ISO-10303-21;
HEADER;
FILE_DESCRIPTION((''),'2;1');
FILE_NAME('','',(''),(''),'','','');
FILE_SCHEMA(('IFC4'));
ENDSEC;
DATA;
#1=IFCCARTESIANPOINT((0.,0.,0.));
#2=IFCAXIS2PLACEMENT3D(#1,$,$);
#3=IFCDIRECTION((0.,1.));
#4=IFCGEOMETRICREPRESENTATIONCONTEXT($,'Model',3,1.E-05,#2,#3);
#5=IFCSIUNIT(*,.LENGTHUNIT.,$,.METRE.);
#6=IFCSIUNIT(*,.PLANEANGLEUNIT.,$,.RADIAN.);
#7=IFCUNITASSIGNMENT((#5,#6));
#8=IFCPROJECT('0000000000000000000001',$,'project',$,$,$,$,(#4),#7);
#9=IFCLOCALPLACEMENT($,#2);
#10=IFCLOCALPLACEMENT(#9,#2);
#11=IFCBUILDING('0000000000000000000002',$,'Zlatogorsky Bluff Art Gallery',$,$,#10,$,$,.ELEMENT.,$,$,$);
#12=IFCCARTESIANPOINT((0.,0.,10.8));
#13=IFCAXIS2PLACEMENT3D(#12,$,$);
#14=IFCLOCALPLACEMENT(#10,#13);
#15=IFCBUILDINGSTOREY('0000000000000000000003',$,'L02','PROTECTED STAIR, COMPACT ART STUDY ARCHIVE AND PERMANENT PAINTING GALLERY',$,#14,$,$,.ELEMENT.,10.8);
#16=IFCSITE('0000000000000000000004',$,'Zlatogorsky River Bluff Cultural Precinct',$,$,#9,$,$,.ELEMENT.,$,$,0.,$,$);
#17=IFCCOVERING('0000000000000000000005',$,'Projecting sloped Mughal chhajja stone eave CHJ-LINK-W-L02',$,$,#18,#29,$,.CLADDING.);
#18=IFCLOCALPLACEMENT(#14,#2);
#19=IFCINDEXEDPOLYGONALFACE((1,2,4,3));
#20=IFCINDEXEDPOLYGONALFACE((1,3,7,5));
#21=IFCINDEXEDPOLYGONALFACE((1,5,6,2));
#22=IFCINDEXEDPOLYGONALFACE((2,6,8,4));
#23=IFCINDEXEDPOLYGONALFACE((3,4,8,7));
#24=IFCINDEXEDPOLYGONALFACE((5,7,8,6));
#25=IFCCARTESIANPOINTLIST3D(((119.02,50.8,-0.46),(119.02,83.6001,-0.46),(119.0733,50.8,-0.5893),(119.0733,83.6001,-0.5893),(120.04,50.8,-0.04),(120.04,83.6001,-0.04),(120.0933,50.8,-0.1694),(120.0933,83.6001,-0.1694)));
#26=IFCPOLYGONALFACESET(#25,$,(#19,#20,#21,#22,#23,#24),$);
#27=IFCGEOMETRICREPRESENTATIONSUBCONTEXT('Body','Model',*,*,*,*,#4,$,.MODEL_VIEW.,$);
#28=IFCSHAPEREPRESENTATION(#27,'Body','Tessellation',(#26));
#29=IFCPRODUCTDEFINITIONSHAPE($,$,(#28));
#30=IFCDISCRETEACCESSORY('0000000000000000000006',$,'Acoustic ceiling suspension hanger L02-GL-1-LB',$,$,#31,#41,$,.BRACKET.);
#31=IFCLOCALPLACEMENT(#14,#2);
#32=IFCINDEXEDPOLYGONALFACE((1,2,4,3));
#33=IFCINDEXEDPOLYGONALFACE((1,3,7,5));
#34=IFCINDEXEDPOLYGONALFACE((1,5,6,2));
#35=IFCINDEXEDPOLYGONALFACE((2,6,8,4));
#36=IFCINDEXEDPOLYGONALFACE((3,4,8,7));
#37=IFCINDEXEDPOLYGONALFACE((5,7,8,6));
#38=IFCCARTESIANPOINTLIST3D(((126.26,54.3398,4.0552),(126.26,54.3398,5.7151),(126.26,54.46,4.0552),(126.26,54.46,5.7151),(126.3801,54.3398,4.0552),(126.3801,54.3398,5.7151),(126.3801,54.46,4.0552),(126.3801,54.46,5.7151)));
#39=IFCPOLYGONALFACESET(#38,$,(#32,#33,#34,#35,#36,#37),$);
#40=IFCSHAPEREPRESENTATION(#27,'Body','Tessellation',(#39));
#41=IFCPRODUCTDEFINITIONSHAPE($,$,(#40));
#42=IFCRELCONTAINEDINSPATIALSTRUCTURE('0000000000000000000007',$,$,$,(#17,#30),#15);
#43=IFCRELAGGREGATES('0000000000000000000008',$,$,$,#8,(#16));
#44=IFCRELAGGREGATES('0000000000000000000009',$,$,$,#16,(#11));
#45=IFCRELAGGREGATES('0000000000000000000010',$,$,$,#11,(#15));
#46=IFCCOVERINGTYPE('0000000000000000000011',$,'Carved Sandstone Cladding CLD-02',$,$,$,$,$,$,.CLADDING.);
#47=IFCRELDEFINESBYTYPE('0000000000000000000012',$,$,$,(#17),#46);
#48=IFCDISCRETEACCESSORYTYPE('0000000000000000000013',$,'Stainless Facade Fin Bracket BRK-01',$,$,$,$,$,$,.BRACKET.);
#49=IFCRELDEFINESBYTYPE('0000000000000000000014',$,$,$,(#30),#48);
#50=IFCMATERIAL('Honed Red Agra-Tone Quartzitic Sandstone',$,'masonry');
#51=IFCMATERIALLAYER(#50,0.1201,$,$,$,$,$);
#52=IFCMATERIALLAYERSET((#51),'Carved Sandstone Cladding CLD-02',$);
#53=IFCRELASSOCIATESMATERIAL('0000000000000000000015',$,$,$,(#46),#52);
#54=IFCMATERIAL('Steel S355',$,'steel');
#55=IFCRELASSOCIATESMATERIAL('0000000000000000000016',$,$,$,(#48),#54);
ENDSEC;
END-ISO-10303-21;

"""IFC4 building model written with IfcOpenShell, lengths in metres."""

from ifc_helpers import new_model, si_unit, direction, frame, origin, origin_2d, place, context, subcontext, project, spatial, polyline, rectangle, outline, extrude, material, layer, layer_set, type_object, element, save


model = new_model("IFC4")

# Units and contexts
model_context = context("Model", 3, precision=1e-05, world=origin(), true_north=direction((0.0, 1.0)))
body_context = subcontext(model_context, "Body", "Model", "MODEL_VIEW")
ifc_project = project(units=[si_unit("LENGTHUNIT", "METRE"), si_unit("PLANEANGLEUNIT", "RADIAN")], contexts=[model_context])

# Site, building, storey
site_placement = place(None, origin())
site = spatial("IfcSite", under=ifc_project, at=site_placement, Name="Zlatogorsky River Bluff Cultural Precinct", CompositionType="ELEMENT", RefElevation=0.0)
building_placement = place(site_placement, origin())
building = spatial("IfcBuilding", under=site, at=building_placement, Name="Zlatogorsky Bluff Art Gallery", CompositionType="ELEMENT")
storey_placement = place(building_placement, frame((0.0, 0.0, 10.8)))
storey = spatial("IfcBuildingStorey", under=building, at=storey_placement, Name="L02", Description="PROTECTED STAIR, COMPACT ART STUDY ARCHIVE AND PERMANENT PAINTING GALLERY", CompositionType="ELEMENT", Elevation=10.8)

# Shared definitions
ifc_material_1 = material(Name="Steel S355", Category="steel")

# Covering
ifc_material_2 = material(Name="Honed Red Agra-Tone Quartzitic Sandstone", Category="masonry")
ifc_layer_1 = layer(ifc_material_2, 0.1201)
ifc_layer_set_1 = layer_set([ifc_layer_1], Name="Carved Sandstone Cladding CLD-02")
covering_type = type_object("IfcCoveringType", Name="Carved Sandstone Cladding CLD-02", PredefinedType="CLADDING", material=ifc_layer_set_1)
covering_placement = place(storey_placement, frame((120.04, 50.8, -0.04), z_axis=(-0.380683, 0.0, 0.924706), x_axis=(0.0, 1.0, 0.0)))
element("IfcCovering", 1, at=covering_placement, inside=storey, type_object=covering_type, Name="Projecting sloped Mughal chhajja stone eave CHJ-LINK-W-L02", PredefinedType="CLADDING", context=body_context, shape_type="SweptSolid", body=[
    extrude(outline(polyline([(0.0, 0.0), (32.8, 0.0), (32.8, 1.1031), (0.0, 1.1031), (0.0, 0.0)])), origin(), (0.0, 0.0, -1.0), 0.1399),
])

# Discrete accessory
discrete_accessory_type = type_object("IfcDiscreteAccessoryType", Name="Stainless Facade Fin Bracket BRK-01", PredefinedType="BRACKET", material=ifc_material_1)
discrete_accessory_placement = place(storey_placement, frame((126.3201, 54.3999, 4.0552), z_axis=(0.0, 0.0, 1.0), x_axis=(1.0, 0.0, 0.0)))
element("IfcDiscreteAccessory", 2, at=discrete_accessory_placement, inside=storey, type_object=discrete_accessory_type, Name="Acoustic ceiling suspension hanger L02-GL-1-LB", PredefinedType="BRACKET", context=body_context, shape_type="SweptSolid", body=[
    extrude(rectangle(XDim=0.1201, YDim=0.1201, at=origin_2d()), origin(), (0.0, 0.0, 1.0), 1.6599),
])

save(model, "model.ifc")
